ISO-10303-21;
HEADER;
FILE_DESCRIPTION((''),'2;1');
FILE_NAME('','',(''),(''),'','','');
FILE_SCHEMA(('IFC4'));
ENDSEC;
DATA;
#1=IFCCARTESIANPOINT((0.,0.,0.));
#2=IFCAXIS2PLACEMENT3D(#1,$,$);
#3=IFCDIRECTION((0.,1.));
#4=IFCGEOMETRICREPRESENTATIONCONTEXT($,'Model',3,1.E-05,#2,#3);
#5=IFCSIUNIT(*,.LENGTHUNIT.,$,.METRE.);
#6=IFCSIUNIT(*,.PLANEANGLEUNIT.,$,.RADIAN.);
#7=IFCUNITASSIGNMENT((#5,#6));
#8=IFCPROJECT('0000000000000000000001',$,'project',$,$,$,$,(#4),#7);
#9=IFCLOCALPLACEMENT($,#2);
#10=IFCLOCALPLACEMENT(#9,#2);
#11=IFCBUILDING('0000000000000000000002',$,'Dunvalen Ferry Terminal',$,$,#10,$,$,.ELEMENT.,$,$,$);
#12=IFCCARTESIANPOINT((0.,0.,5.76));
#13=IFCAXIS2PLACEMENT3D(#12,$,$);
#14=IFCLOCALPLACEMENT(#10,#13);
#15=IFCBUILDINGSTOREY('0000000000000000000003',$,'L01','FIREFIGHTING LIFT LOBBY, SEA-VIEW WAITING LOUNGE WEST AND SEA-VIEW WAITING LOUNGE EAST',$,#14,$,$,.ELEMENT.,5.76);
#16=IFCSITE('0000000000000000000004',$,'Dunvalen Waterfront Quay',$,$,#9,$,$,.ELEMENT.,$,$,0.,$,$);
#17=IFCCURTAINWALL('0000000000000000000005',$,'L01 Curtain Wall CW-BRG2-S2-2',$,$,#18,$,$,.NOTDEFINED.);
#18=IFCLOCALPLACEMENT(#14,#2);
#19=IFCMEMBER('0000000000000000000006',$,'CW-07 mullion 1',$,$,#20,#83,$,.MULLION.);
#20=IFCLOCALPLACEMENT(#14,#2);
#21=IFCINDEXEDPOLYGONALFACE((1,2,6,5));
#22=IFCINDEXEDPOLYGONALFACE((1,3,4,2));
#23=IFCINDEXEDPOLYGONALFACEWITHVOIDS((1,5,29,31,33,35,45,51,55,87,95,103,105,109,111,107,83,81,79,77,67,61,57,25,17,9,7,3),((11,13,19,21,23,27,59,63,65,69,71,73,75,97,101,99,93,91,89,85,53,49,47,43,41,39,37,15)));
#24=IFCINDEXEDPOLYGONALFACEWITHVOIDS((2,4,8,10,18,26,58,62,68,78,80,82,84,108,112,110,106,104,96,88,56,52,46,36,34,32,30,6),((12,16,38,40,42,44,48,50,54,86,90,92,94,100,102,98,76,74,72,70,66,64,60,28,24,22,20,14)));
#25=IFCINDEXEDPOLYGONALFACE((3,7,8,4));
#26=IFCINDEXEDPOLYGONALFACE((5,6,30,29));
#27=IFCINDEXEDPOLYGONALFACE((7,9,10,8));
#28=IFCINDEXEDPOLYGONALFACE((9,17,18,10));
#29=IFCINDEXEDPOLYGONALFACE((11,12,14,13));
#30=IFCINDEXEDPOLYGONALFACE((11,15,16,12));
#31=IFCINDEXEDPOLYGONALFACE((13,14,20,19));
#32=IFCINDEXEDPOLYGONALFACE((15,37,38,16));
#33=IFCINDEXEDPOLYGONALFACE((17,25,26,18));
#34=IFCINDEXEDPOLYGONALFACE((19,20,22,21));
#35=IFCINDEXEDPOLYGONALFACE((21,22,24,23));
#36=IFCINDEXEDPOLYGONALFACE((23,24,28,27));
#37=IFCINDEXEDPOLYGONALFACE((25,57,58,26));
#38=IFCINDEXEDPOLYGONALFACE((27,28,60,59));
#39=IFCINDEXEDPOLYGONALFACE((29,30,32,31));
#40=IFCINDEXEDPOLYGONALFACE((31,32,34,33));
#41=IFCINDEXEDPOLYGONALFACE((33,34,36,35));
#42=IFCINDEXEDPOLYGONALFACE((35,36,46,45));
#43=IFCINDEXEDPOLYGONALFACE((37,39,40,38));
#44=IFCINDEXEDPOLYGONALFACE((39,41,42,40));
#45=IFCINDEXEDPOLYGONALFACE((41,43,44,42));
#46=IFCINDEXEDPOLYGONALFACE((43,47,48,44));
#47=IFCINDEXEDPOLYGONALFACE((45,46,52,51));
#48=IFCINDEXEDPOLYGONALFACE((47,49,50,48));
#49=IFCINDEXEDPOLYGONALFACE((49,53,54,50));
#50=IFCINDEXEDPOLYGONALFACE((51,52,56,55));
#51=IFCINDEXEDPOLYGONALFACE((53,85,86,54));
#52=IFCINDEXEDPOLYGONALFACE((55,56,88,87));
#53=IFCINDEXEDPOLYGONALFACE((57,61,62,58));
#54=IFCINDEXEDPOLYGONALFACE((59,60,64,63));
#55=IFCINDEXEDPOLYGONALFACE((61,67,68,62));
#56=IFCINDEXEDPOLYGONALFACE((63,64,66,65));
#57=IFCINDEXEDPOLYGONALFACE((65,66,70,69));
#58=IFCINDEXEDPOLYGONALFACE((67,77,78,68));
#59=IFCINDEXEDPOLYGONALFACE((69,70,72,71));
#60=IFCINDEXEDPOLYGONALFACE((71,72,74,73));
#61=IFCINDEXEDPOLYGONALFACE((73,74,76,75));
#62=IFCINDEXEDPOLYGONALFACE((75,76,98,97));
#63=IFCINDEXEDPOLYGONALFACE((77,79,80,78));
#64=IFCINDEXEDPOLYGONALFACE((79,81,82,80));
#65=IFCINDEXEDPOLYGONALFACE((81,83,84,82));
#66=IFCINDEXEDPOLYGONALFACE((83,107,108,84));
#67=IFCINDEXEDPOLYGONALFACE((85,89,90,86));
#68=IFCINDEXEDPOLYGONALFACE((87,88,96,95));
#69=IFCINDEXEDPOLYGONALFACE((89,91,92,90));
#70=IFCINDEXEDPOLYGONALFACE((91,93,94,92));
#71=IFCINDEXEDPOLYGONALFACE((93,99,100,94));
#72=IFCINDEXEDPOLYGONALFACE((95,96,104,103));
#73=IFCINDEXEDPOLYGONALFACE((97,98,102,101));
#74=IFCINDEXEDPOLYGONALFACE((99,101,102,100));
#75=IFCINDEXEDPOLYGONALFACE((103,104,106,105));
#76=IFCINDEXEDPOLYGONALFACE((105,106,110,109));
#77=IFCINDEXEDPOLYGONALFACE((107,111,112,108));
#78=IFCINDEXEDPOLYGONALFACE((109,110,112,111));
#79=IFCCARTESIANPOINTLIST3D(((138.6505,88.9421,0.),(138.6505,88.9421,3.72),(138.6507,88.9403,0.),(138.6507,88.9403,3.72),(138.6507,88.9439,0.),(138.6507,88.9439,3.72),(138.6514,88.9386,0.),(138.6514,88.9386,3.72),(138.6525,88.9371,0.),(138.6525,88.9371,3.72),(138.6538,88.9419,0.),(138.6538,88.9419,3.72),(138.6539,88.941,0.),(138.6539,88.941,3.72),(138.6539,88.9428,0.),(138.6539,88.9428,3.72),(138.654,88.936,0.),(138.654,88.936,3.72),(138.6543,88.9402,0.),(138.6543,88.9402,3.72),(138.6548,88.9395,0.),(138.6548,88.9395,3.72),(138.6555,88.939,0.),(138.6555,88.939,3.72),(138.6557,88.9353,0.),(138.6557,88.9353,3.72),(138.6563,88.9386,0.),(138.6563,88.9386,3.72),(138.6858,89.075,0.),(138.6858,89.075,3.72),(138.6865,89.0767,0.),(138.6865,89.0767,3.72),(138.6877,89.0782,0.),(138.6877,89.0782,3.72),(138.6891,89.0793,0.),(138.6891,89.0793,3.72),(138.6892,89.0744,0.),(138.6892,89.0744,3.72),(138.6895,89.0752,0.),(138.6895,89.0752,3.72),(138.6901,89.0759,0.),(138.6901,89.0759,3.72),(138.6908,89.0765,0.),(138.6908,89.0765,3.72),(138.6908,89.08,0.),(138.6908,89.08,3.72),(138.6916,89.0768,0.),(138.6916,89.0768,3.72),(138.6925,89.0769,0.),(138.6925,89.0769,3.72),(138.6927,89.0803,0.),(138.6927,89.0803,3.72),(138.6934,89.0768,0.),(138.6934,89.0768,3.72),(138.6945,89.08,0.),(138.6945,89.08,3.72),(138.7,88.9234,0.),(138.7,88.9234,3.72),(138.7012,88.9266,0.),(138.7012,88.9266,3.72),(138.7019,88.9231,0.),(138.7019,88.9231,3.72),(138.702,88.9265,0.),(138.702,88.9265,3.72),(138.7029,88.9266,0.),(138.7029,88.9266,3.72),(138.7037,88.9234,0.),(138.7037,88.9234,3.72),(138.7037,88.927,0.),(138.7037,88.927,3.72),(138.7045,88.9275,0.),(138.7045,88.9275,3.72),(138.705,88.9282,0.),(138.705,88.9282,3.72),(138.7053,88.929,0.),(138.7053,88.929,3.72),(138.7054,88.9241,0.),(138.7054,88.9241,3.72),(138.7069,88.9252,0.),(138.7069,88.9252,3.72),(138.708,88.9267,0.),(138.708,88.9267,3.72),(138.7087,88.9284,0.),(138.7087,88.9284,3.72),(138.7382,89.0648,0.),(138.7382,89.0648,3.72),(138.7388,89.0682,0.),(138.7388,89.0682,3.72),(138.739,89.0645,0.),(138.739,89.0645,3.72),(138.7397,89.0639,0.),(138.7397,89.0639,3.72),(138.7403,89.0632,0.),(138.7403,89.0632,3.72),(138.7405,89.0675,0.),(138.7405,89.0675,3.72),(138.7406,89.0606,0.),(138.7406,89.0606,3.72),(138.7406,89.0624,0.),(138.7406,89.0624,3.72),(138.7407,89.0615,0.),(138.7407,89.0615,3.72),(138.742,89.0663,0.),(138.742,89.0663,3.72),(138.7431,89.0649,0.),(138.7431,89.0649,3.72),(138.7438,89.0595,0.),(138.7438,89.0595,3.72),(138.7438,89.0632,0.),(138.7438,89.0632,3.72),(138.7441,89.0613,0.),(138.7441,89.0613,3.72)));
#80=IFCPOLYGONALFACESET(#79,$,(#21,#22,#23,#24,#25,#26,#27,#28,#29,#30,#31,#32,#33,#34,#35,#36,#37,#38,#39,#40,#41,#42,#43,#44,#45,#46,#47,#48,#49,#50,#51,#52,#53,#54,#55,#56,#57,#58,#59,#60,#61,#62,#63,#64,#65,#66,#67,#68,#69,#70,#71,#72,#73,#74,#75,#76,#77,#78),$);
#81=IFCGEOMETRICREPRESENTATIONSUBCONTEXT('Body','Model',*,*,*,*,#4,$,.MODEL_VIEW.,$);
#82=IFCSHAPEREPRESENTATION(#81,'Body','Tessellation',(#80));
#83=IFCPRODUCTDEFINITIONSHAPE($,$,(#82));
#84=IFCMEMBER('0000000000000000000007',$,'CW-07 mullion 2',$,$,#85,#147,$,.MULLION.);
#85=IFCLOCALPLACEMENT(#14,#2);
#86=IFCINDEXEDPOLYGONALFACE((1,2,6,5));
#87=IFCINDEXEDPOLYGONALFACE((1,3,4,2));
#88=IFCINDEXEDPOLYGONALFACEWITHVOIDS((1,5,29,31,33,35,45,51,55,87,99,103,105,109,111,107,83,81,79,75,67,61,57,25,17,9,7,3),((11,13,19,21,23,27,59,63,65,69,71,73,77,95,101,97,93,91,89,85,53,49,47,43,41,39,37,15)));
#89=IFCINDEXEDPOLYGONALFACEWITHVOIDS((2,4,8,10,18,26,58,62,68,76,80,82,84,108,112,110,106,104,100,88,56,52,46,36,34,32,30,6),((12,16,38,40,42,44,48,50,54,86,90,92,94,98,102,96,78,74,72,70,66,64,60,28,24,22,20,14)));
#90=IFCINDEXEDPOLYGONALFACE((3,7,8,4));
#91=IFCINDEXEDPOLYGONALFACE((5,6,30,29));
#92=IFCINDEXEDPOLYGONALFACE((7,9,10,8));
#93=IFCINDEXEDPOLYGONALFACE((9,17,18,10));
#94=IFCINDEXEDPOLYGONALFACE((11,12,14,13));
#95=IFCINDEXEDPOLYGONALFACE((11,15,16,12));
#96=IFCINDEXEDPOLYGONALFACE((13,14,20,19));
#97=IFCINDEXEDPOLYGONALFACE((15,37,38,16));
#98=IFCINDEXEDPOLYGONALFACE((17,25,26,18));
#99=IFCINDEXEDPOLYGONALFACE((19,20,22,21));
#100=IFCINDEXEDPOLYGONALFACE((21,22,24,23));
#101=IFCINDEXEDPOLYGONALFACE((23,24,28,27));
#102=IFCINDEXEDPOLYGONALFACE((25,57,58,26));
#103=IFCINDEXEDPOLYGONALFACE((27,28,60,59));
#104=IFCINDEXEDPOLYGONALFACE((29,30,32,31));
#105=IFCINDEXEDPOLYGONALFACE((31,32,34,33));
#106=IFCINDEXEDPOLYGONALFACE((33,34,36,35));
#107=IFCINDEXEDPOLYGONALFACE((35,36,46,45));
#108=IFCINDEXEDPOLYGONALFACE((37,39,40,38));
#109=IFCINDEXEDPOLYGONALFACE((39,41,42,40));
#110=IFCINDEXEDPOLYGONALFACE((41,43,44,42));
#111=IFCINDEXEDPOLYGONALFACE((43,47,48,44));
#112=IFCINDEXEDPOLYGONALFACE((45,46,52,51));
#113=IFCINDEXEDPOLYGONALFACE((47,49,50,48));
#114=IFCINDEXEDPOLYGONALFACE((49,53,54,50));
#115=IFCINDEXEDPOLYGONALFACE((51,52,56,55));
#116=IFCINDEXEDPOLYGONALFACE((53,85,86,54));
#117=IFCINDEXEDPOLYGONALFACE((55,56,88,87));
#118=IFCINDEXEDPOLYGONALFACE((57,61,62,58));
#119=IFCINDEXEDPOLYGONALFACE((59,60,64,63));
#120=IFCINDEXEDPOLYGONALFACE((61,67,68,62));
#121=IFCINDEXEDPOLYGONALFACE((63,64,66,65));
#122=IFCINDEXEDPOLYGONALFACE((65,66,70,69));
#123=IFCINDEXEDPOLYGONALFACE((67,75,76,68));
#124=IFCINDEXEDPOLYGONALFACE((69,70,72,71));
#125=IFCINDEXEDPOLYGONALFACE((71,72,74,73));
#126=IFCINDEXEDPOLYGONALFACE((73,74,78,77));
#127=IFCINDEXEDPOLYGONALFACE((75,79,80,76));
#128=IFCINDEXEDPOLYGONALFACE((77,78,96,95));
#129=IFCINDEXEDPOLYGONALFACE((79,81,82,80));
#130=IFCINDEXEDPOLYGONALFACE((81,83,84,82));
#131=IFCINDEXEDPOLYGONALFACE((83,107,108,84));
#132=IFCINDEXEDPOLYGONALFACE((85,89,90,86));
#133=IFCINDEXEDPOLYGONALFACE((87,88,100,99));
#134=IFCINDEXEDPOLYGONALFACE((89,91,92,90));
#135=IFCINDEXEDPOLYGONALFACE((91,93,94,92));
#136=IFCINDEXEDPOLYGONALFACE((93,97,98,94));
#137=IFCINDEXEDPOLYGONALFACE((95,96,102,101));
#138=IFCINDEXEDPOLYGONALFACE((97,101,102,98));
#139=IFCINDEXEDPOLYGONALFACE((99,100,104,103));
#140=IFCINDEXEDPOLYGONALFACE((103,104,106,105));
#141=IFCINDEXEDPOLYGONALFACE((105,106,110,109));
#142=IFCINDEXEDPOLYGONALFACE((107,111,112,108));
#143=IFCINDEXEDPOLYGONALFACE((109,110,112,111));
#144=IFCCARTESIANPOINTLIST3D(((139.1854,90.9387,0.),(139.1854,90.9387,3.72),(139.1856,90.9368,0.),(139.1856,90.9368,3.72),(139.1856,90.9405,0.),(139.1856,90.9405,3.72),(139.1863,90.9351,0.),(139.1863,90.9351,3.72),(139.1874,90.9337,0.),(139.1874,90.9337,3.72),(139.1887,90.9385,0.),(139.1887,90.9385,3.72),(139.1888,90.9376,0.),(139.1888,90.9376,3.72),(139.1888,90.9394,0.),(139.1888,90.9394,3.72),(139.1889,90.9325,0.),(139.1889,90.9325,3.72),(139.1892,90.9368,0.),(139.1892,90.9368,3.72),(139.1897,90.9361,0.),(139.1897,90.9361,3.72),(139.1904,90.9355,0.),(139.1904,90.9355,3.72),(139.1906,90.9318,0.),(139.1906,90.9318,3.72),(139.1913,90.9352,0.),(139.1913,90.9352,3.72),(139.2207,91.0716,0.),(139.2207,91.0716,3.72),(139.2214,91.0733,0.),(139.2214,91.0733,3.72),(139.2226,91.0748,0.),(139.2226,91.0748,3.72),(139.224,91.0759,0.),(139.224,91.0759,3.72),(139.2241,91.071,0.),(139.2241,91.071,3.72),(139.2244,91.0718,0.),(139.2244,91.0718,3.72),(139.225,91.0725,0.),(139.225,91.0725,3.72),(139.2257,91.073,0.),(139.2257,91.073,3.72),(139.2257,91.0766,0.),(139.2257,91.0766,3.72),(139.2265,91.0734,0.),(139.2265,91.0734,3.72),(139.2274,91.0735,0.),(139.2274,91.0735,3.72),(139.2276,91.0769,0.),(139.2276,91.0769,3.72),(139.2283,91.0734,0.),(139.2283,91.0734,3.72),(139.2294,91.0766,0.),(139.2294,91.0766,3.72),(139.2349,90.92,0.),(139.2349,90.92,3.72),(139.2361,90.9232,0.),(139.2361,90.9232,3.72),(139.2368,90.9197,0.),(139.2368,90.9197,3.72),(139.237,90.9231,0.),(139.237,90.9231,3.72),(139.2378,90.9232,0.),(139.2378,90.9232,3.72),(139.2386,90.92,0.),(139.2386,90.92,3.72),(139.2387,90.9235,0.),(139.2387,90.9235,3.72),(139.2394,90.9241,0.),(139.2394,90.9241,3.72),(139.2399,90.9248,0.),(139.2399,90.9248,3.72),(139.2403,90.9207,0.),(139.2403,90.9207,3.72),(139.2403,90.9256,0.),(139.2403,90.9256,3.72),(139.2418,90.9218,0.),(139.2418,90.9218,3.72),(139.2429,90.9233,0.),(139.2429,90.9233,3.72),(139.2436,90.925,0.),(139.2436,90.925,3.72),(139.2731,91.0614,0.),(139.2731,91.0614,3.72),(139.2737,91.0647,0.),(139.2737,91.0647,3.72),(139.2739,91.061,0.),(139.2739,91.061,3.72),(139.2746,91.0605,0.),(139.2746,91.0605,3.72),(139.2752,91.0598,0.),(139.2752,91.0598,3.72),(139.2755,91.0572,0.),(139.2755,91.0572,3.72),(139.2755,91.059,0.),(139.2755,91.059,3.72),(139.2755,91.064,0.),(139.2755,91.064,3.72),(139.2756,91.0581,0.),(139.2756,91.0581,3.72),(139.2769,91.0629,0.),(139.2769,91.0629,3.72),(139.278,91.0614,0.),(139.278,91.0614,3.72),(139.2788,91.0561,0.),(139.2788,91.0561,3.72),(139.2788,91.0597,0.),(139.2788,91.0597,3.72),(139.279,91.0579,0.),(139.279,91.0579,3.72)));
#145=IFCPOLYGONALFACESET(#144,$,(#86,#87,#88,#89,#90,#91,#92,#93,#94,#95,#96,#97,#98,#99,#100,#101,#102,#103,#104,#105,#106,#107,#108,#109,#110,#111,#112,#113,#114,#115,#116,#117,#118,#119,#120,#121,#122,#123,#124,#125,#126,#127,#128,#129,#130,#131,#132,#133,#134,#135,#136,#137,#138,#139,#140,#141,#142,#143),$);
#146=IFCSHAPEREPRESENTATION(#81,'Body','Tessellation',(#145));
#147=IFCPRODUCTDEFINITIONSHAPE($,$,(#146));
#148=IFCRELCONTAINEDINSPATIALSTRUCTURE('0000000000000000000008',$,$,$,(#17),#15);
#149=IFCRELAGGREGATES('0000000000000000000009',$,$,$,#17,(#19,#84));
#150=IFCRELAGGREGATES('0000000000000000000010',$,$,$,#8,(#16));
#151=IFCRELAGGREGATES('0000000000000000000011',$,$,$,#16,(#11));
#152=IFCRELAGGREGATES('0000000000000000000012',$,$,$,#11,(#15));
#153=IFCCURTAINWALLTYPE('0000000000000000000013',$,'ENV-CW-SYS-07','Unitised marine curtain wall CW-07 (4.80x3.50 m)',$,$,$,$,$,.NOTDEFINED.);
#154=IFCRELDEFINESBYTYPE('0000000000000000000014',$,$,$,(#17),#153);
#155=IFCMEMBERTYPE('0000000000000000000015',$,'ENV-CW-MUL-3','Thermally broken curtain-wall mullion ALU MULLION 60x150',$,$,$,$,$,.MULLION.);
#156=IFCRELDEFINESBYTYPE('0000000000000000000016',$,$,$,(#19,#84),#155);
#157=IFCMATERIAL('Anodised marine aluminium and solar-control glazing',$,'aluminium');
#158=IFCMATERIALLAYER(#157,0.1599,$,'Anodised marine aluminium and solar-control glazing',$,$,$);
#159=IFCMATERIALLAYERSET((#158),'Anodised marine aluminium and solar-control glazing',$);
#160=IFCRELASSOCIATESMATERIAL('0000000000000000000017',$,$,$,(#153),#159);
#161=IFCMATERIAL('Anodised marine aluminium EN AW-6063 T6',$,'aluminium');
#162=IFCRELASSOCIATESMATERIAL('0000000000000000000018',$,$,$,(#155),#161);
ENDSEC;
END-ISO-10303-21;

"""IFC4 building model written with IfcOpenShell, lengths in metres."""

from ifc_helpers import new_model, si_unit, direction, frame, origin, origin_2d, place, context, subcontext, project, spatial, hollow_rectangle, extrude, material, layer, layer_set, material_profile, profile_set, type_object, element, aggregate, save


model = new_model("IFC4")

# Units and contexts
model_context = context("Model", 3, precision=1e-05, world=origin(), true_north=direction((0.0, 1.0)))
body_context = subcontext(model_context, "Body", "Model", "MODEL_VIEW")
ifc_project = project(units=[si_unit("LENGTHUNIT", "METRE"), si_unit("PLANEANGLEUNIT", "RADIAN")], contexts=[model_context])

# Site, building, storey
site_placement = place(None, origin())
site = spatial("IfcSite", under=ifc_project, at=site_placement, Name="Dunvalen Waterfront Quay", CompositionType="ELEMENT", RefElevation=0.0)
building_placement = place(site_placement, origin())
building = spatial("IfcBuilding", under=site, at=building_placement, Name="Dunvalen Ferry Terminal", CompositionType="ELEMENT")
storey_placement = place(building_placement, frame((0.0, 0.0, 5.76)))
storey = spatial("IfcBuildingStorey", under=building, at=storey_placement, Name="L01", Description="FIREFIGHTING LIFT LOBBY, SEA-VIEW WAITING LOUNGE WEST AND SEA-VIEW WAITING LOUNGE EAST", CompositionType="ELEMENT", Elevation=5.76)

# Curtain wall, members
ifc_material_1 = material(Name="Anodised marine aluminium and solar-control glazing", Category="aluminium")
ifc_layer_1 = layer(ifc_material_1, 0.1599, Name="Anodised marine aluminium and solar-control glazing")
ifc_layer_set_1 = layer_set([ifc_layer_1], Name="Anodised marine aluminium and solar-control glazing")
curtain_wall_type = type_object("IfcCurtainWallType", Name="ENV-CW-SYS-07", Description="Unitised marine curtain wall CW-07 (4.80x3.50 m)", PredefinedType="NOTDEFINED", material=ifc_layer_set_1)
ifc_material_2 = material(Name="Anodised marine aluminium EN AW-6063 T6", Category="aluminium")
ifc_material_profile_1 = material_profile(ifc_material_2, hollow_rectangle(XDim=0.0601, YDim=0.1499, WallThickness=0.0034, InnerFilletRadius=0.0034, OuterFilletRadius=0.0071, at=origin_2d()), Name="Anodised marine aluminium EN AW-6063 T6")
ifc_profile_set_1 = profile_set([ifc_material_profile_1], Name="Anodised marine aluminium EN AW-6063 T6")
member_type_1 = type_object("IfcMemberType", Name="ENV-CW-MUL-3", Description="Thermally broken curtain-wall mullion ALU MULLION 60x150", PredefinedType="MULLION", material=ifc_profile_set_1)
curtain_wall_1_placement = place(storey_placement, origin())
curtain_wall_1 = element("IfcCurtainWall", 1, at=curtain_wall_1_placement, inside=storey, type_object=curtain_wall_type, Name="L01 Curtain Wall CW-BRG2-S2-2", PredefinedType="NOTDEFINED")
member_1_placement = place(storey_placement, frame((138.6973, 89.0017, 0.0), z_axis=(0.0, 0.0, 1.0), x_axis=(-0.965923, 0.25883, 0.0)))
member_1 = element("IfcMember", 2, at=member_1_placement, type_object=member_type_1, Name="CW-07 mullion 1", PredefinedType="MULLION", context=body_context, shape_type="SweptSolid", body=[
    extrude(hollow_rectangle(XDim=0.0601, YDim=0.1499, WallThickness=0.0034, InnerFilletRadius=0.0034, OuterFilletRadius=0.0071, at=origin_2d()), origin(), (0.0, 0.0, 1.0), 3.72),
])
member_2_placement = place(storey_placement, frame((139.2322, 90.9983, 0.0), z_axis=(0.0, 0.0, 1.0), x_axis=(-0.965923, 0.25883, 0.0)))
member_2 = element("IfcMember", 3, at=member_2_placement, type_object=member_type_1, Name="CW-07 mullion 2", PredefinedType="MULLION", context=body_context, shape_type="SweptSolid", body=[
    extrude(hollow_rectangle(XDim=0.0601, YDim=0.1499, WallThickness=0.0034, InnerFilletRadius=0.0034, OuterFilletRadius=0.0071, at=origin_2d()), origin(), (0.0, 0.0, 1.0), 3.72),
])

aggregate(curtain_wall_1, [member_1, member_2])

save(model, "model.ifc")
